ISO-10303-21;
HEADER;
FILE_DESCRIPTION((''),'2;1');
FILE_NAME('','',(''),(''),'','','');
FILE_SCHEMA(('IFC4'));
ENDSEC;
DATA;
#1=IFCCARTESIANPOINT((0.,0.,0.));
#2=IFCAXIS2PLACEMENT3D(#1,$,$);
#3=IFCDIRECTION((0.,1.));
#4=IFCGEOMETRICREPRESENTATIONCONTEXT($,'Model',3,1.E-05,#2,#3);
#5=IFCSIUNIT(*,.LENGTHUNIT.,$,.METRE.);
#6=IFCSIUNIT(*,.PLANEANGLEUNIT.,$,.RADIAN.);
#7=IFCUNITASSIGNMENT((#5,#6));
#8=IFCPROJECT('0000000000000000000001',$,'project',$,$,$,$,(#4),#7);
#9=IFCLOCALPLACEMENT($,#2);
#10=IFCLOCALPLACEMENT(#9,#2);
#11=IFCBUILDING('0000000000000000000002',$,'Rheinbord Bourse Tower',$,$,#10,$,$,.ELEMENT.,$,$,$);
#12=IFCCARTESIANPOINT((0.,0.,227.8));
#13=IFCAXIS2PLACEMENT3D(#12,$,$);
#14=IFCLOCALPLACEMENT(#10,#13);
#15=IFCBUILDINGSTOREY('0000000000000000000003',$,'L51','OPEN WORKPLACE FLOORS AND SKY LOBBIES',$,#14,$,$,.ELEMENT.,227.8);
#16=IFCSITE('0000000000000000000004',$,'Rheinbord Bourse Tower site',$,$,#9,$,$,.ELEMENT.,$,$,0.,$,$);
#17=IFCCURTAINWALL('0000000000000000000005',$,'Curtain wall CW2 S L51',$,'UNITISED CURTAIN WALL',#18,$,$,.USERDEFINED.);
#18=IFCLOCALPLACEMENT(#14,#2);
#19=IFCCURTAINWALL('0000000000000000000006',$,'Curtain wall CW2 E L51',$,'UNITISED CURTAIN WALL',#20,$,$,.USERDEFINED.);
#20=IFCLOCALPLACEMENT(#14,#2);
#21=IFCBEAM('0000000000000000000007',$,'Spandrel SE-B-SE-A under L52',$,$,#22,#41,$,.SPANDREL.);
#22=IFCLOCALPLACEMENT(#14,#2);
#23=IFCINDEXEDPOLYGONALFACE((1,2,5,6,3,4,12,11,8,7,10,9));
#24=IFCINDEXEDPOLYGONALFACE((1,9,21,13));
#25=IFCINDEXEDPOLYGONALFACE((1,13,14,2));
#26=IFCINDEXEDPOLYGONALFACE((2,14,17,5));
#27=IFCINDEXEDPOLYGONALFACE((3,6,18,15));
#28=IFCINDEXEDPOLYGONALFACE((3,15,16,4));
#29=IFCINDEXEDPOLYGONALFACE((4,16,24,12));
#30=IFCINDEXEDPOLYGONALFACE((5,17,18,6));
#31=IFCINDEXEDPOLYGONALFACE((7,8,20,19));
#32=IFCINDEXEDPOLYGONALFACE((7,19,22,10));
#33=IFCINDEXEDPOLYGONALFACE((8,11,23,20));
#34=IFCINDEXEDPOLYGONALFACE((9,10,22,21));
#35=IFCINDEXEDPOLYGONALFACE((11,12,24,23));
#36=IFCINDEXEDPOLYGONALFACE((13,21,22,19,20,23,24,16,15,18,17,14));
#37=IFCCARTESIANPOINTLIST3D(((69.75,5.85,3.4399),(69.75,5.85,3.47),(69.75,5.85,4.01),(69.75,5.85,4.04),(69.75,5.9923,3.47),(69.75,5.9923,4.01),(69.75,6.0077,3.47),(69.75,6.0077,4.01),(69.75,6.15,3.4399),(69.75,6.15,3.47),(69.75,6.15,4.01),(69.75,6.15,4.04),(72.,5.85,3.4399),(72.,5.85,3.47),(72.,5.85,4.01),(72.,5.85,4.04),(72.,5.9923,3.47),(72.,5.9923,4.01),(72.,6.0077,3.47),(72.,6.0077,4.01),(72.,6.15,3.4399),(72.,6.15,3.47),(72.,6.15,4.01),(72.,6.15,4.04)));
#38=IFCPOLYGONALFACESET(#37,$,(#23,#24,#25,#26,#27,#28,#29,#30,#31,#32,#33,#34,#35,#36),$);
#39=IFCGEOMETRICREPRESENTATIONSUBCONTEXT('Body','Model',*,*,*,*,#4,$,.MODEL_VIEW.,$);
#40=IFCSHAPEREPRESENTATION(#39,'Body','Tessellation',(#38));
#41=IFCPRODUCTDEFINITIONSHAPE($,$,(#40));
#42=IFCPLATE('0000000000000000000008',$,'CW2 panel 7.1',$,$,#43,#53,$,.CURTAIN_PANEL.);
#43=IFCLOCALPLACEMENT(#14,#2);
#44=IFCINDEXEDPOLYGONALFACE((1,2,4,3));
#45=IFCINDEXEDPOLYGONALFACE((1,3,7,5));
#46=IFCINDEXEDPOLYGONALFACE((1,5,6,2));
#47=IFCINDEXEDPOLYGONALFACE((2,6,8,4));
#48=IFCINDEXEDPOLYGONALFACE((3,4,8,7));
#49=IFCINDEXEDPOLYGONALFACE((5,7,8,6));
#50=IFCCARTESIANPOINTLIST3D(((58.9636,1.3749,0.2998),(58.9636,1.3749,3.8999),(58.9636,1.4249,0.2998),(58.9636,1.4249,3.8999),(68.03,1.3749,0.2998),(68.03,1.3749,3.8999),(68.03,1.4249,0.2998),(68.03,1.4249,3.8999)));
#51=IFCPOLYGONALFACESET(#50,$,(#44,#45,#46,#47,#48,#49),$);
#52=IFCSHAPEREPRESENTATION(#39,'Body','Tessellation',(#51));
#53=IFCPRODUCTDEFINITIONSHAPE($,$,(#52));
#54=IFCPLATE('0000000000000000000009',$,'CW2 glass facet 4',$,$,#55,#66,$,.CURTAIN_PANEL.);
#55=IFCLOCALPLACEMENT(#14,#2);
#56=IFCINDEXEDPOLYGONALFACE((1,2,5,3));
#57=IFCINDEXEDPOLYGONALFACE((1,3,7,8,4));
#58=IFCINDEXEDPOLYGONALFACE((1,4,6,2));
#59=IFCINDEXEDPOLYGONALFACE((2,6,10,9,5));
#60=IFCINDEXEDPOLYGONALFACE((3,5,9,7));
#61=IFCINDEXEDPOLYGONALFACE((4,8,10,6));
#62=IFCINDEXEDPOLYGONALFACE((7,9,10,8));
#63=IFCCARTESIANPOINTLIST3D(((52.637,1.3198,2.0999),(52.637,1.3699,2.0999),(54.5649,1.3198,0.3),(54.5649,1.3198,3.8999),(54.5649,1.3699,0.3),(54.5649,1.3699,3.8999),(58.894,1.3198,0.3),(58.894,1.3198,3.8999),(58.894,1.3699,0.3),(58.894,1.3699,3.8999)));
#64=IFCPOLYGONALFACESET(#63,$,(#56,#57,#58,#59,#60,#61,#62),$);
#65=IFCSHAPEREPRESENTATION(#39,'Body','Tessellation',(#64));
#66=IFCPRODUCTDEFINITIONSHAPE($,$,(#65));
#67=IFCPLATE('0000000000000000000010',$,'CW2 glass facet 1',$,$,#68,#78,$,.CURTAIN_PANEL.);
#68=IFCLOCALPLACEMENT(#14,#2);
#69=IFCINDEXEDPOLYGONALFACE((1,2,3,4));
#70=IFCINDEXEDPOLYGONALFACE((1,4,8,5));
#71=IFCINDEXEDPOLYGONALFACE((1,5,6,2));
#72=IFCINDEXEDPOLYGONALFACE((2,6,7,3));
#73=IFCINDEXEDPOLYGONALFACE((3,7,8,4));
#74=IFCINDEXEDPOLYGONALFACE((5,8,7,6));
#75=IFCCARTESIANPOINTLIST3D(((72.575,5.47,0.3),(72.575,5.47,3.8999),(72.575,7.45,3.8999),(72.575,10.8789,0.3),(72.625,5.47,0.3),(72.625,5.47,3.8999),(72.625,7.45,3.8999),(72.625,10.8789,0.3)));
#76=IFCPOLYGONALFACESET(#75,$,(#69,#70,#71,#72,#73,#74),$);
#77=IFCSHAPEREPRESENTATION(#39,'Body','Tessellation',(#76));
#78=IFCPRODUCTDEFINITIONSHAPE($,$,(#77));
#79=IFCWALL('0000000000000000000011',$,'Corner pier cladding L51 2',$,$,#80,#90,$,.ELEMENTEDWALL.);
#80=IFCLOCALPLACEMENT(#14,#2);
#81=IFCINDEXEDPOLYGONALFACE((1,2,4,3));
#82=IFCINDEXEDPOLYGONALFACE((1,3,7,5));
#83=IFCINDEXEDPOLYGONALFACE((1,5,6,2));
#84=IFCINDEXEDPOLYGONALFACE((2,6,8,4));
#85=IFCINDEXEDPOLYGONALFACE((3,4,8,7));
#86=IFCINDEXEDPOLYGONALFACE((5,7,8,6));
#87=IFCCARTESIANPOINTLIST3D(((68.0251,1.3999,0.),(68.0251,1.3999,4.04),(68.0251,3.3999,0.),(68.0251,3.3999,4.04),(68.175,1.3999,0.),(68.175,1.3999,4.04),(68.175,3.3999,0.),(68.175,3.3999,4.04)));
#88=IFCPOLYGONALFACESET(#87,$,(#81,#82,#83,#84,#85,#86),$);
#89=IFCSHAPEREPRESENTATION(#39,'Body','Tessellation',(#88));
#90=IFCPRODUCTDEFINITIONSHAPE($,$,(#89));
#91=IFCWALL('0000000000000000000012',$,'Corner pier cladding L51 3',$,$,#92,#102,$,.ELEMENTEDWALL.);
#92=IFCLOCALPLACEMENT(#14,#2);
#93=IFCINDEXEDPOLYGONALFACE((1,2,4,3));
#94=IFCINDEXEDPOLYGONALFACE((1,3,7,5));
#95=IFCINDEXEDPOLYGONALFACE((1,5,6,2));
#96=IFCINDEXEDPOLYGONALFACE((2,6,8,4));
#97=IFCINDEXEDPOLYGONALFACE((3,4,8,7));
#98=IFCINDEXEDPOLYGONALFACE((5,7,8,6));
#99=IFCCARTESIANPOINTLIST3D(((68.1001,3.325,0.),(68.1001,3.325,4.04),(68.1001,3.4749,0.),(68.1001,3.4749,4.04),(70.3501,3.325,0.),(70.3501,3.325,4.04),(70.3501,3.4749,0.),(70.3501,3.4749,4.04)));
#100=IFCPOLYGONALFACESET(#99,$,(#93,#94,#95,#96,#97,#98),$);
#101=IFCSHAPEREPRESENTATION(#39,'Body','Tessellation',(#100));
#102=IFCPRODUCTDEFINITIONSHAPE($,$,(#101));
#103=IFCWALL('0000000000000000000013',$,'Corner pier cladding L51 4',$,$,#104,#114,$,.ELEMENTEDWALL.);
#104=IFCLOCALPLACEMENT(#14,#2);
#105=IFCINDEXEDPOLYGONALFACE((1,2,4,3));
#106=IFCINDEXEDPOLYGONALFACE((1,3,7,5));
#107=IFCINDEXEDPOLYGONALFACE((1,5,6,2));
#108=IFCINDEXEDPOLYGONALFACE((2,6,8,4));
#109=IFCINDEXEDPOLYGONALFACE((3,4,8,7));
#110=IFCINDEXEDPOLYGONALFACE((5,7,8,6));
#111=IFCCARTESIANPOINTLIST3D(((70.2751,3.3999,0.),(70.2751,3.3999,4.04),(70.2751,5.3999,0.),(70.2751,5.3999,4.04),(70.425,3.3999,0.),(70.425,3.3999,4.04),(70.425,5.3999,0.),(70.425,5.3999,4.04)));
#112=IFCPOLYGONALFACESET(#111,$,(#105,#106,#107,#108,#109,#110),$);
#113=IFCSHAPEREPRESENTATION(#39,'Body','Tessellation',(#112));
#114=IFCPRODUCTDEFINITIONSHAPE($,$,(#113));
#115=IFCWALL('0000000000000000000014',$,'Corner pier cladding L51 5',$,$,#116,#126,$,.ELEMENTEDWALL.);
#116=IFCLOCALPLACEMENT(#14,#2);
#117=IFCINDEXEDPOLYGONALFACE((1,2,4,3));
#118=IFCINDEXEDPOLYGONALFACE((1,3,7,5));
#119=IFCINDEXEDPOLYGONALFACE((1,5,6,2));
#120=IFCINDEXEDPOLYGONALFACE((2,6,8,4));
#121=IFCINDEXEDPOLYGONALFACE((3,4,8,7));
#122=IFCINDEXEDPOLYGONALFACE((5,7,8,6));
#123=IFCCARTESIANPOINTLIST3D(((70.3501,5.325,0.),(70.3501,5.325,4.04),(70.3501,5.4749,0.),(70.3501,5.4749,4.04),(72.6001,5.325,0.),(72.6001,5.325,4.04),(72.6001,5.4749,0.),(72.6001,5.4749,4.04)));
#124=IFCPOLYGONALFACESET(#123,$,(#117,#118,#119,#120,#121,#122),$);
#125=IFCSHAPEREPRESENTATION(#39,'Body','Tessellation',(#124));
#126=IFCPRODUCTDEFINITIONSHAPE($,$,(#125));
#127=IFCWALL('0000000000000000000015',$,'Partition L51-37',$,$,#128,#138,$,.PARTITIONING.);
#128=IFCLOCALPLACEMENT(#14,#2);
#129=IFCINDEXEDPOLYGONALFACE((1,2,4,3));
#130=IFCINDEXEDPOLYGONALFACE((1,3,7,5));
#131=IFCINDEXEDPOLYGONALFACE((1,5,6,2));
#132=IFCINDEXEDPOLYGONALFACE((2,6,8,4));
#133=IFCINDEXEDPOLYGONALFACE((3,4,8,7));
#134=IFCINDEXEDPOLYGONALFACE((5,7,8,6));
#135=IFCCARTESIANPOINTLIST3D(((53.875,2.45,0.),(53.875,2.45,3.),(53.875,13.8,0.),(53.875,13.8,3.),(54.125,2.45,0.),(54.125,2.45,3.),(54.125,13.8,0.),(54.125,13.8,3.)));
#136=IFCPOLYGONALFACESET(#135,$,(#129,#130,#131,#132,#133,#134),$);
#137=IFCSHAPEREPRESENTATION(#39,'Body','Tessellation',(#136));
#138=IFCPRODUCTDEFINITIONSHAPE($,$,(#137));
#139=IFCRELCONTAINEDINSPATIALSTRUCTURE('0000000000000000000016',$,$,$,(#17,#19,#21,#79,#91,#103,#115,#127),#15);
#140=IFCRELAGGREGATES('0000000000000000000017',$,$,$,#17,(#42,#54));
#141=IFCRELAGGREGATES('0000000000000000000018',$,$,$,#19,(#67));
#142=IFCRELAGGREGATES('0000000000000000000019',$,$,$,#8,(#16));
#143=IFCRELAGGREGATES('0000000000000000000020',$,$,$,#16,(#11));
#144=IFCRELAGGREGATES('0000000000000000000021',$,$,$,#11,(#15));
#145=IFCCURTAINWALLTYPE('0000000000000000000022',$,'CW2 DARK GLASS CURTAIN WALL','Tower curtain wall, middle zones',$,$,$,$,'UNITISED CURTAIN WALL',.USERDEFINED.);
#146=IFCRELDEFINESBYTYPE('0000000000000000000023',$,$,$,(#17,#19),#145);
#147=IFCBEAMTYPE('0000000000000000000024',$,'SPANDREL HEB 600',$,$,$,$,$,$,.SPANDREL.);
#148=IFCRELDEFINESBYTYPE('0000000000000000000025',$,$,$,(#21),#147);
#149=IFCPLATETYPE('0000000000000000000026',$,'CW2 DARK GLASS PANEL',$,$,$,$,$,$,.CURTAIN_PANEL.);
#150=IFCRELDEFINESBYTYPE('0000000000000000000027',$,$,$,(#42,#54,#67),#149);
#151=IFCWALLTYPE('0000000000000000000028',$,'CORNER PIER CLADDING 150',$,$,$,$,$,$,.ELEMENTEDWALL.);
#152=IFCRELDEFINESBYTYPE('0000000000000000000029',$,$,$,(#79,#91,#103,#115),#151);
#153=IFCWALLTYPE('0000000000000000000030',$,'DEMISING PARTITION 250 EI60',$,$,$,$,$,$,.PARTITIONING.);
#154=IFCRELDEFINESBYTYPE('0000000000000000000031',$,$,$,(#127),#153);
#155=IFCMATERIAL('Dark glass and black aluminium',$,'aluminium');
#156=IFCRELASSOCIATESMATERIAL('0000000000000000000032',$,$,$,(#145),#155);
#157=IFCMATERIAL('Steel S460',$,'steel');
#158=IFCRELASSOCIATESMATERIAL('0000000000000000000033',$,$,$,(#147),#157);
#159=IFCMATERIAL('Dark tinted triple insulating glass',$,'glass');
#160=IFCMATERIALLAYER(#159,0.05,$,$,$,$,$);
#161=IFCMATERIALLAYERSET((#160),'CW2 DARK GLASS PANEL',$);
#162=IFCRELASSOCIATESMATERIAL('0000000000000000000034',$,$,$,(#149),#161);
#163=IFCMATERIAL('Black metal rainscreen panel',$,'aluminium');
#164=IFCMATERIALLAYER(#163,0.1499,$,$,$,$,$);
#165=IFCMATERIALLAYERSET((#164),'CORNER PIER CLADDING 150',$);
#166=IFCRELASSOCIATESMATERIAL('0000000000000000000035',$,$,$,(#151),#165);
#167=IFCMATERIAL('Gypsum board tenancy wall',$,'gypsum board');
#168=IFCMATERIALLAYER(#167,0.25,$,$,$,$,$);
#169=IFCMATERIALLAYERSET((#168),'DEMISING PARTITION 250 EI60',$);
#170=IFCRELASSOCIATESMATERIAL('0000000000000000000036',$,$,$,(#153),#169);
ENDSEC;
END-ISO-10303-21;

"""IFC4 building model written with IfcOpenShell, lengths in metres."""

from ifc_helpers import new_model, si_unit, direction, frame, frame_2d, origin, origin_2d, place, context, subcontext, project, spatial, polyline, rectangle, i_section, outline, extrude, material, layer, layer_set, material_profile, profile_set, type_object, element, aggregate, save


model = new_model("IFC4")

# Units and contexts
model_context = context("Model", 3, precision=1e-05, world=origin(), true_north=direction((0.0, 1.0)))
body_context = subcontext(model_context, "Body", "Model", "MODEL_VIEW")
ifc_project = project(units=[si_unit("LENGTHUNIT", "METRE"), si_unit("PLANEANGLEUNIT", "RADIAN")], contexts=[model_context])

# Site, building, storey
site_placement = place(None, origin())
site = spatial("IfcSite", under=ifc_project, at=site_placement, Name="Rheinbord Bourse Tower site", CompositionType="ELEMENT", RefElevation=0.0)
building_placement = place(site_placement, origin())
building = spatial("IfcBuilding", under=site, at=building_placement, Name="Rheinbord Bourse Tower", CompositionType="ELEMENT")
storey_placement = place(building_placement, frame((0.0, 0.0, 227.8)))
storey = spatial("IfcBuildingStorey", under=building, at=storey_placement, Name="L51", Description="OPEN WORKPLACE FLOORS AND SKY LOBBIES", CompositionType="ELEMENT", Elevation=227.8)

# Curtain wall
ifc_material_1 = material(Name="Dark glass and black aluminium", Category="aluminium")
curtain_wall_type = type_object("IfcCurtainWallType", Name="CW2 DARK GLASS CURTAIN WALL", Description="Tower curtain wall, middle zones", ElementType="UNITISED CURTAIN WALL", PredefinedType="USERDEFINED", material=ifc_material_1)
curtain_wall_1_placement = place(storey_placement, origin())
curtain_wall_1 = element("IfcCurtainWall", 1, at=curtain_wall_1_placement, inside=storey, type_object=curtain_wall_type, Name="Curtain wall CW2 S L51", ObjectType="UNITISED CURTAIN WALL", PredefinedType="USERDEFINED")

# Curtain wall
curtain_wall_2_placement = place(storey_placement, origin())
curtain_wall_2 = element("IfcCurtainWall", 2, at=curtain_wall_2_placement, inside=storey, type_object=curtain_wall_type, Name="Curtain wall CW2 E L51", ObjectType="UNITISED CURTAIN WALL", PredefinedType="USERDEFINED")

# Beam
ifc_material_2 = material(Name="Steel S460", Category="steel")
ifc_material_profile_1 = material_profile(ifc_material_2, i_section(OverallWidth=0.3, OverallDepth=0.6001, WebThickness=0.0154, FlangeThickness=0.03, at=origin_2d()), Name="HEB 600")
ifc_profile_set_1 = profile_set([ifc_material_profile_1], Name="Steel S460")
beam_type_1 = type_object("IfcBeamType", Name="SPANDREL HEB 600", PredefinedType="SPANDREL", material=ifc_profile_set_1)
beam_1_placement = place(storey_placement, frame((69.75, 6.0, 3.74), z_axis=(1.0, 0.0, 0.0), x_axis=(0.0, 1.0, 0.0)))
element("IfcBeam", 3, at=beam_1_placement, inside=storey, type_object=beam_type_1, Name="Spandrel SE-B-SE-A under L52", PredefinedType="SPANDREL", context=body_context, shape_type="SweptSolid", body=[
    extrude(i_section(OverallWidth=0.3, OverallDepth=0.6001, WebThickness=0.0154, FlangeThickness=0.03, at=origin_2d()), origin(), (0.0, 0.0, 1.0), 2.25),
])

# Plates
ifc_material_3 = material(Name="Dark tinted triple insulating glass", Category="glass")
ifc_layer_1 = layer(ifc_material_3, 0.05)
ifc_layer_set_1 = layer_set([ifc_layer_1], Name="CW2 DARK GLASS PANEL")
plate_type = type_object("IfcPlateType", Name="CW2 DARK GLASS PANEL", PredefinedType="CURTAIN_PANEL", material=ifc_layer_set_1)
plate_1_placement = place(storey_placement, frame((63.4968, 1.3999, 0.2998), z_axis=(0.0, 0.0, 1.0), x_axis=(1.0, 0.0, 0.0)))
plate_1 = element("IfcPlate", 4, at=plate_1_placement, type_object=plate_type, Name="CW2 panel 7.1", PredefinedType="CURTAIN_PANEL", context=body_context, shape_type="SweptSolid", body=[
    extrude(rectangle(XDim=9.0664, YDim=0.05, at=origin_2d()), origin(), (0.0, 0.0, 1.0), 3.6001),
])
plate_2_placement = place(storey_placement, frame((58.894, 1.3198, 3.8999), z_axis=(0.0, 1.0, 0.0), x_axis=(0.0, 0.0, -1.0)))
plate_2 = element("IfcPlate", 5, at=plate_2_placement, type_object=plate_type, Name="CW2 glass facet 4", PredefinedType="CURTAIN_PANEL", context=body_context, shape_type="SweptSolid", body=[
    extrude(outline(polyline([(0.0, 0.0), (3.5999, 0.0), (3.5999, 4.3291), (1.8, 6.2571), (0.0, 4.3291), (0.0, 0.0)])), origin(), (0.0, 0.0, 1.0), 0.05),
])
aggregate(curtain_wall_1, [plate_1, plate_2])
plate_3_placement = place(storey_placement, frame((72.625, 5.47, 0.3), z_axis=(-1.0, 0.0, 0.0), x_axis=(0.0, 0.0, 1.0)))
plate_3 = element("IfcPlate", 6, at=plate_3_placement, type_object=plate_type, Name="CW2 glass facet 1", PredefinedType="CURTAIN_PANEL", context=body_context, shape_type="SweptSolid", body=[
    extrude(outline(polyline([(0.0, 0.0), (3.5999, 0.0), (3.5999, 1.98), (0.0, 5.4089), (0.0, 0.0)])), origin(), (0.0, 0.0, 1.0), 0.05),
])
aggregate(curtain_wall_2, [plate_3])

# Walls
ifc_material_4 = material(Name="Black metal rainscreen panel", Category="aluminium")
ifc_layer_2 = layer(ifc_material_4, 0.1499)
ifc_layer_set_2 = layer_set([ifc_layer_2], Name="CORNER PIER CLADDING 150")
wall_type_1 = type_object("IfcWallType", Name="CORNER PIER CLADDING 150", PredefinedType="ELEMENTEDWALL", material=ifc_layer_set_2)
wall_1_placement = place(storey_placement, frame((68.1001, 1.3999, 0.0), z_axis=(0.0, 0.0, 1.0), x_axis=(0.0, 1.0, 0.0)))
element("IfcWall", 7, at=wall_1_placement, inside=storey, type_object=wall_type_1, Name="Corner pier cladding L51 2", PredefinedType="ELEMENTEDWALL", context=body_context, shape_type="SweptSolid", body=[
    extrude(rectangle(XDim=2.0, YDim=0.1499, at=frame_2d((1.0, 0.0))), origin(), (0.0, 0.0, 1.0), 4.04),
])
wall_2_placement = place(storey_placement, frame((68.1001, 3.3999, 0.0), z_axis=(0.0, 0.0, 1.0), x_axis=(1.0, 0.0, 0.0)))
element("IfcWall", 8, at=wall_2_placement, inside=storey, type_object=wall_type_1, Name="Corner pier cladding L51 3", PredefinedType="ELEMENTEDWALL", context=body_context, shape_type="SweptSolid", body=[
    extrude(rectangle(XDim=2.25, YDim=0.1499, at=frame_2d((1.125, 0.0))), origin(), (0.0, 0.0, 1.0), 4.04),
])
wall_3_placement = place(storey_placement, frame((70.3501, 3.3999, 0.0), z_axis=(0.0, 0.0, 1.0), x_axis=(0.0, 1.0, 0.0)))
element("IfcWall", 9, at=wall_3_placement, inside=storey, type_object=wall_type_1, Name="Corner pier cladding L51 4", PredefinedType="ELEMENTEDWALL", context=body_context, shape_type="SweptSolid", body=[
    extrude(rectangle(XDim=2.0, YDim=0.1499, at=frame_2d((1.0, 0.0))), origin(), (0.0, 0.0, 1.0), 4.04),
])
wall_4_placement = place(storey_placement, frame((70.3501, 5.3999, 0.0), z_axis=(0.0, 0.0, 1.0), x_axis=(1.0, 0.0, 0.0)))
element("IfcWall", 10, at=wall_4_placement, inside=storey, type_object=wall_type_1, Name="Corner pier cladding L51 5", PredefinedType="ELEMENTEDWALL", context=body_context, shape_type="SweptSolid", body=[
    extrude(rectangle(XDim=2.25, YDim=0.1499, at=frame_2d((1.125, 0.0))), origin(), (0.0, 0.0, 1.0), 4.04),
])
ifc_material_5 = material(Name="Gypsum board tenancy wall", Category="gypsum board")
ifc_layer_3 = layer(ifc_material_5, 0.25)
ifc_layer_set_3 = layer_set([ifc_layer_3], Name="DEMISING PARTITION 250 EI60")
wall_type_2 = type_object("IfcWallType", Name="DEMISING PARTITION 250 EI60", PredefinedType="PARTITIONING", material=ifc_layer_set_3)
wall_5_placement = place(storey_placement, frame((54.0, 2.45, 0.0), z_axis=(0.0, 0.0, 1.0), x_axis=(0.0, 1.0, 0.0)))
element("IfcWall", 11, at=wall_5_placement, inside=storey, type_object=wall_type_2, Name="Partition L51-37", PredefinedType="PARTITIONING", context=body_context, shape_type="SweptSolid", body=[
    extrude(rectangle(XDim=11.3501, YDim=0.25, at=frame_2d((5.675, 0.0))), origin(), (0.0, 0.0, 1.0), 3.0),
])

save(model, "model.ifc")
